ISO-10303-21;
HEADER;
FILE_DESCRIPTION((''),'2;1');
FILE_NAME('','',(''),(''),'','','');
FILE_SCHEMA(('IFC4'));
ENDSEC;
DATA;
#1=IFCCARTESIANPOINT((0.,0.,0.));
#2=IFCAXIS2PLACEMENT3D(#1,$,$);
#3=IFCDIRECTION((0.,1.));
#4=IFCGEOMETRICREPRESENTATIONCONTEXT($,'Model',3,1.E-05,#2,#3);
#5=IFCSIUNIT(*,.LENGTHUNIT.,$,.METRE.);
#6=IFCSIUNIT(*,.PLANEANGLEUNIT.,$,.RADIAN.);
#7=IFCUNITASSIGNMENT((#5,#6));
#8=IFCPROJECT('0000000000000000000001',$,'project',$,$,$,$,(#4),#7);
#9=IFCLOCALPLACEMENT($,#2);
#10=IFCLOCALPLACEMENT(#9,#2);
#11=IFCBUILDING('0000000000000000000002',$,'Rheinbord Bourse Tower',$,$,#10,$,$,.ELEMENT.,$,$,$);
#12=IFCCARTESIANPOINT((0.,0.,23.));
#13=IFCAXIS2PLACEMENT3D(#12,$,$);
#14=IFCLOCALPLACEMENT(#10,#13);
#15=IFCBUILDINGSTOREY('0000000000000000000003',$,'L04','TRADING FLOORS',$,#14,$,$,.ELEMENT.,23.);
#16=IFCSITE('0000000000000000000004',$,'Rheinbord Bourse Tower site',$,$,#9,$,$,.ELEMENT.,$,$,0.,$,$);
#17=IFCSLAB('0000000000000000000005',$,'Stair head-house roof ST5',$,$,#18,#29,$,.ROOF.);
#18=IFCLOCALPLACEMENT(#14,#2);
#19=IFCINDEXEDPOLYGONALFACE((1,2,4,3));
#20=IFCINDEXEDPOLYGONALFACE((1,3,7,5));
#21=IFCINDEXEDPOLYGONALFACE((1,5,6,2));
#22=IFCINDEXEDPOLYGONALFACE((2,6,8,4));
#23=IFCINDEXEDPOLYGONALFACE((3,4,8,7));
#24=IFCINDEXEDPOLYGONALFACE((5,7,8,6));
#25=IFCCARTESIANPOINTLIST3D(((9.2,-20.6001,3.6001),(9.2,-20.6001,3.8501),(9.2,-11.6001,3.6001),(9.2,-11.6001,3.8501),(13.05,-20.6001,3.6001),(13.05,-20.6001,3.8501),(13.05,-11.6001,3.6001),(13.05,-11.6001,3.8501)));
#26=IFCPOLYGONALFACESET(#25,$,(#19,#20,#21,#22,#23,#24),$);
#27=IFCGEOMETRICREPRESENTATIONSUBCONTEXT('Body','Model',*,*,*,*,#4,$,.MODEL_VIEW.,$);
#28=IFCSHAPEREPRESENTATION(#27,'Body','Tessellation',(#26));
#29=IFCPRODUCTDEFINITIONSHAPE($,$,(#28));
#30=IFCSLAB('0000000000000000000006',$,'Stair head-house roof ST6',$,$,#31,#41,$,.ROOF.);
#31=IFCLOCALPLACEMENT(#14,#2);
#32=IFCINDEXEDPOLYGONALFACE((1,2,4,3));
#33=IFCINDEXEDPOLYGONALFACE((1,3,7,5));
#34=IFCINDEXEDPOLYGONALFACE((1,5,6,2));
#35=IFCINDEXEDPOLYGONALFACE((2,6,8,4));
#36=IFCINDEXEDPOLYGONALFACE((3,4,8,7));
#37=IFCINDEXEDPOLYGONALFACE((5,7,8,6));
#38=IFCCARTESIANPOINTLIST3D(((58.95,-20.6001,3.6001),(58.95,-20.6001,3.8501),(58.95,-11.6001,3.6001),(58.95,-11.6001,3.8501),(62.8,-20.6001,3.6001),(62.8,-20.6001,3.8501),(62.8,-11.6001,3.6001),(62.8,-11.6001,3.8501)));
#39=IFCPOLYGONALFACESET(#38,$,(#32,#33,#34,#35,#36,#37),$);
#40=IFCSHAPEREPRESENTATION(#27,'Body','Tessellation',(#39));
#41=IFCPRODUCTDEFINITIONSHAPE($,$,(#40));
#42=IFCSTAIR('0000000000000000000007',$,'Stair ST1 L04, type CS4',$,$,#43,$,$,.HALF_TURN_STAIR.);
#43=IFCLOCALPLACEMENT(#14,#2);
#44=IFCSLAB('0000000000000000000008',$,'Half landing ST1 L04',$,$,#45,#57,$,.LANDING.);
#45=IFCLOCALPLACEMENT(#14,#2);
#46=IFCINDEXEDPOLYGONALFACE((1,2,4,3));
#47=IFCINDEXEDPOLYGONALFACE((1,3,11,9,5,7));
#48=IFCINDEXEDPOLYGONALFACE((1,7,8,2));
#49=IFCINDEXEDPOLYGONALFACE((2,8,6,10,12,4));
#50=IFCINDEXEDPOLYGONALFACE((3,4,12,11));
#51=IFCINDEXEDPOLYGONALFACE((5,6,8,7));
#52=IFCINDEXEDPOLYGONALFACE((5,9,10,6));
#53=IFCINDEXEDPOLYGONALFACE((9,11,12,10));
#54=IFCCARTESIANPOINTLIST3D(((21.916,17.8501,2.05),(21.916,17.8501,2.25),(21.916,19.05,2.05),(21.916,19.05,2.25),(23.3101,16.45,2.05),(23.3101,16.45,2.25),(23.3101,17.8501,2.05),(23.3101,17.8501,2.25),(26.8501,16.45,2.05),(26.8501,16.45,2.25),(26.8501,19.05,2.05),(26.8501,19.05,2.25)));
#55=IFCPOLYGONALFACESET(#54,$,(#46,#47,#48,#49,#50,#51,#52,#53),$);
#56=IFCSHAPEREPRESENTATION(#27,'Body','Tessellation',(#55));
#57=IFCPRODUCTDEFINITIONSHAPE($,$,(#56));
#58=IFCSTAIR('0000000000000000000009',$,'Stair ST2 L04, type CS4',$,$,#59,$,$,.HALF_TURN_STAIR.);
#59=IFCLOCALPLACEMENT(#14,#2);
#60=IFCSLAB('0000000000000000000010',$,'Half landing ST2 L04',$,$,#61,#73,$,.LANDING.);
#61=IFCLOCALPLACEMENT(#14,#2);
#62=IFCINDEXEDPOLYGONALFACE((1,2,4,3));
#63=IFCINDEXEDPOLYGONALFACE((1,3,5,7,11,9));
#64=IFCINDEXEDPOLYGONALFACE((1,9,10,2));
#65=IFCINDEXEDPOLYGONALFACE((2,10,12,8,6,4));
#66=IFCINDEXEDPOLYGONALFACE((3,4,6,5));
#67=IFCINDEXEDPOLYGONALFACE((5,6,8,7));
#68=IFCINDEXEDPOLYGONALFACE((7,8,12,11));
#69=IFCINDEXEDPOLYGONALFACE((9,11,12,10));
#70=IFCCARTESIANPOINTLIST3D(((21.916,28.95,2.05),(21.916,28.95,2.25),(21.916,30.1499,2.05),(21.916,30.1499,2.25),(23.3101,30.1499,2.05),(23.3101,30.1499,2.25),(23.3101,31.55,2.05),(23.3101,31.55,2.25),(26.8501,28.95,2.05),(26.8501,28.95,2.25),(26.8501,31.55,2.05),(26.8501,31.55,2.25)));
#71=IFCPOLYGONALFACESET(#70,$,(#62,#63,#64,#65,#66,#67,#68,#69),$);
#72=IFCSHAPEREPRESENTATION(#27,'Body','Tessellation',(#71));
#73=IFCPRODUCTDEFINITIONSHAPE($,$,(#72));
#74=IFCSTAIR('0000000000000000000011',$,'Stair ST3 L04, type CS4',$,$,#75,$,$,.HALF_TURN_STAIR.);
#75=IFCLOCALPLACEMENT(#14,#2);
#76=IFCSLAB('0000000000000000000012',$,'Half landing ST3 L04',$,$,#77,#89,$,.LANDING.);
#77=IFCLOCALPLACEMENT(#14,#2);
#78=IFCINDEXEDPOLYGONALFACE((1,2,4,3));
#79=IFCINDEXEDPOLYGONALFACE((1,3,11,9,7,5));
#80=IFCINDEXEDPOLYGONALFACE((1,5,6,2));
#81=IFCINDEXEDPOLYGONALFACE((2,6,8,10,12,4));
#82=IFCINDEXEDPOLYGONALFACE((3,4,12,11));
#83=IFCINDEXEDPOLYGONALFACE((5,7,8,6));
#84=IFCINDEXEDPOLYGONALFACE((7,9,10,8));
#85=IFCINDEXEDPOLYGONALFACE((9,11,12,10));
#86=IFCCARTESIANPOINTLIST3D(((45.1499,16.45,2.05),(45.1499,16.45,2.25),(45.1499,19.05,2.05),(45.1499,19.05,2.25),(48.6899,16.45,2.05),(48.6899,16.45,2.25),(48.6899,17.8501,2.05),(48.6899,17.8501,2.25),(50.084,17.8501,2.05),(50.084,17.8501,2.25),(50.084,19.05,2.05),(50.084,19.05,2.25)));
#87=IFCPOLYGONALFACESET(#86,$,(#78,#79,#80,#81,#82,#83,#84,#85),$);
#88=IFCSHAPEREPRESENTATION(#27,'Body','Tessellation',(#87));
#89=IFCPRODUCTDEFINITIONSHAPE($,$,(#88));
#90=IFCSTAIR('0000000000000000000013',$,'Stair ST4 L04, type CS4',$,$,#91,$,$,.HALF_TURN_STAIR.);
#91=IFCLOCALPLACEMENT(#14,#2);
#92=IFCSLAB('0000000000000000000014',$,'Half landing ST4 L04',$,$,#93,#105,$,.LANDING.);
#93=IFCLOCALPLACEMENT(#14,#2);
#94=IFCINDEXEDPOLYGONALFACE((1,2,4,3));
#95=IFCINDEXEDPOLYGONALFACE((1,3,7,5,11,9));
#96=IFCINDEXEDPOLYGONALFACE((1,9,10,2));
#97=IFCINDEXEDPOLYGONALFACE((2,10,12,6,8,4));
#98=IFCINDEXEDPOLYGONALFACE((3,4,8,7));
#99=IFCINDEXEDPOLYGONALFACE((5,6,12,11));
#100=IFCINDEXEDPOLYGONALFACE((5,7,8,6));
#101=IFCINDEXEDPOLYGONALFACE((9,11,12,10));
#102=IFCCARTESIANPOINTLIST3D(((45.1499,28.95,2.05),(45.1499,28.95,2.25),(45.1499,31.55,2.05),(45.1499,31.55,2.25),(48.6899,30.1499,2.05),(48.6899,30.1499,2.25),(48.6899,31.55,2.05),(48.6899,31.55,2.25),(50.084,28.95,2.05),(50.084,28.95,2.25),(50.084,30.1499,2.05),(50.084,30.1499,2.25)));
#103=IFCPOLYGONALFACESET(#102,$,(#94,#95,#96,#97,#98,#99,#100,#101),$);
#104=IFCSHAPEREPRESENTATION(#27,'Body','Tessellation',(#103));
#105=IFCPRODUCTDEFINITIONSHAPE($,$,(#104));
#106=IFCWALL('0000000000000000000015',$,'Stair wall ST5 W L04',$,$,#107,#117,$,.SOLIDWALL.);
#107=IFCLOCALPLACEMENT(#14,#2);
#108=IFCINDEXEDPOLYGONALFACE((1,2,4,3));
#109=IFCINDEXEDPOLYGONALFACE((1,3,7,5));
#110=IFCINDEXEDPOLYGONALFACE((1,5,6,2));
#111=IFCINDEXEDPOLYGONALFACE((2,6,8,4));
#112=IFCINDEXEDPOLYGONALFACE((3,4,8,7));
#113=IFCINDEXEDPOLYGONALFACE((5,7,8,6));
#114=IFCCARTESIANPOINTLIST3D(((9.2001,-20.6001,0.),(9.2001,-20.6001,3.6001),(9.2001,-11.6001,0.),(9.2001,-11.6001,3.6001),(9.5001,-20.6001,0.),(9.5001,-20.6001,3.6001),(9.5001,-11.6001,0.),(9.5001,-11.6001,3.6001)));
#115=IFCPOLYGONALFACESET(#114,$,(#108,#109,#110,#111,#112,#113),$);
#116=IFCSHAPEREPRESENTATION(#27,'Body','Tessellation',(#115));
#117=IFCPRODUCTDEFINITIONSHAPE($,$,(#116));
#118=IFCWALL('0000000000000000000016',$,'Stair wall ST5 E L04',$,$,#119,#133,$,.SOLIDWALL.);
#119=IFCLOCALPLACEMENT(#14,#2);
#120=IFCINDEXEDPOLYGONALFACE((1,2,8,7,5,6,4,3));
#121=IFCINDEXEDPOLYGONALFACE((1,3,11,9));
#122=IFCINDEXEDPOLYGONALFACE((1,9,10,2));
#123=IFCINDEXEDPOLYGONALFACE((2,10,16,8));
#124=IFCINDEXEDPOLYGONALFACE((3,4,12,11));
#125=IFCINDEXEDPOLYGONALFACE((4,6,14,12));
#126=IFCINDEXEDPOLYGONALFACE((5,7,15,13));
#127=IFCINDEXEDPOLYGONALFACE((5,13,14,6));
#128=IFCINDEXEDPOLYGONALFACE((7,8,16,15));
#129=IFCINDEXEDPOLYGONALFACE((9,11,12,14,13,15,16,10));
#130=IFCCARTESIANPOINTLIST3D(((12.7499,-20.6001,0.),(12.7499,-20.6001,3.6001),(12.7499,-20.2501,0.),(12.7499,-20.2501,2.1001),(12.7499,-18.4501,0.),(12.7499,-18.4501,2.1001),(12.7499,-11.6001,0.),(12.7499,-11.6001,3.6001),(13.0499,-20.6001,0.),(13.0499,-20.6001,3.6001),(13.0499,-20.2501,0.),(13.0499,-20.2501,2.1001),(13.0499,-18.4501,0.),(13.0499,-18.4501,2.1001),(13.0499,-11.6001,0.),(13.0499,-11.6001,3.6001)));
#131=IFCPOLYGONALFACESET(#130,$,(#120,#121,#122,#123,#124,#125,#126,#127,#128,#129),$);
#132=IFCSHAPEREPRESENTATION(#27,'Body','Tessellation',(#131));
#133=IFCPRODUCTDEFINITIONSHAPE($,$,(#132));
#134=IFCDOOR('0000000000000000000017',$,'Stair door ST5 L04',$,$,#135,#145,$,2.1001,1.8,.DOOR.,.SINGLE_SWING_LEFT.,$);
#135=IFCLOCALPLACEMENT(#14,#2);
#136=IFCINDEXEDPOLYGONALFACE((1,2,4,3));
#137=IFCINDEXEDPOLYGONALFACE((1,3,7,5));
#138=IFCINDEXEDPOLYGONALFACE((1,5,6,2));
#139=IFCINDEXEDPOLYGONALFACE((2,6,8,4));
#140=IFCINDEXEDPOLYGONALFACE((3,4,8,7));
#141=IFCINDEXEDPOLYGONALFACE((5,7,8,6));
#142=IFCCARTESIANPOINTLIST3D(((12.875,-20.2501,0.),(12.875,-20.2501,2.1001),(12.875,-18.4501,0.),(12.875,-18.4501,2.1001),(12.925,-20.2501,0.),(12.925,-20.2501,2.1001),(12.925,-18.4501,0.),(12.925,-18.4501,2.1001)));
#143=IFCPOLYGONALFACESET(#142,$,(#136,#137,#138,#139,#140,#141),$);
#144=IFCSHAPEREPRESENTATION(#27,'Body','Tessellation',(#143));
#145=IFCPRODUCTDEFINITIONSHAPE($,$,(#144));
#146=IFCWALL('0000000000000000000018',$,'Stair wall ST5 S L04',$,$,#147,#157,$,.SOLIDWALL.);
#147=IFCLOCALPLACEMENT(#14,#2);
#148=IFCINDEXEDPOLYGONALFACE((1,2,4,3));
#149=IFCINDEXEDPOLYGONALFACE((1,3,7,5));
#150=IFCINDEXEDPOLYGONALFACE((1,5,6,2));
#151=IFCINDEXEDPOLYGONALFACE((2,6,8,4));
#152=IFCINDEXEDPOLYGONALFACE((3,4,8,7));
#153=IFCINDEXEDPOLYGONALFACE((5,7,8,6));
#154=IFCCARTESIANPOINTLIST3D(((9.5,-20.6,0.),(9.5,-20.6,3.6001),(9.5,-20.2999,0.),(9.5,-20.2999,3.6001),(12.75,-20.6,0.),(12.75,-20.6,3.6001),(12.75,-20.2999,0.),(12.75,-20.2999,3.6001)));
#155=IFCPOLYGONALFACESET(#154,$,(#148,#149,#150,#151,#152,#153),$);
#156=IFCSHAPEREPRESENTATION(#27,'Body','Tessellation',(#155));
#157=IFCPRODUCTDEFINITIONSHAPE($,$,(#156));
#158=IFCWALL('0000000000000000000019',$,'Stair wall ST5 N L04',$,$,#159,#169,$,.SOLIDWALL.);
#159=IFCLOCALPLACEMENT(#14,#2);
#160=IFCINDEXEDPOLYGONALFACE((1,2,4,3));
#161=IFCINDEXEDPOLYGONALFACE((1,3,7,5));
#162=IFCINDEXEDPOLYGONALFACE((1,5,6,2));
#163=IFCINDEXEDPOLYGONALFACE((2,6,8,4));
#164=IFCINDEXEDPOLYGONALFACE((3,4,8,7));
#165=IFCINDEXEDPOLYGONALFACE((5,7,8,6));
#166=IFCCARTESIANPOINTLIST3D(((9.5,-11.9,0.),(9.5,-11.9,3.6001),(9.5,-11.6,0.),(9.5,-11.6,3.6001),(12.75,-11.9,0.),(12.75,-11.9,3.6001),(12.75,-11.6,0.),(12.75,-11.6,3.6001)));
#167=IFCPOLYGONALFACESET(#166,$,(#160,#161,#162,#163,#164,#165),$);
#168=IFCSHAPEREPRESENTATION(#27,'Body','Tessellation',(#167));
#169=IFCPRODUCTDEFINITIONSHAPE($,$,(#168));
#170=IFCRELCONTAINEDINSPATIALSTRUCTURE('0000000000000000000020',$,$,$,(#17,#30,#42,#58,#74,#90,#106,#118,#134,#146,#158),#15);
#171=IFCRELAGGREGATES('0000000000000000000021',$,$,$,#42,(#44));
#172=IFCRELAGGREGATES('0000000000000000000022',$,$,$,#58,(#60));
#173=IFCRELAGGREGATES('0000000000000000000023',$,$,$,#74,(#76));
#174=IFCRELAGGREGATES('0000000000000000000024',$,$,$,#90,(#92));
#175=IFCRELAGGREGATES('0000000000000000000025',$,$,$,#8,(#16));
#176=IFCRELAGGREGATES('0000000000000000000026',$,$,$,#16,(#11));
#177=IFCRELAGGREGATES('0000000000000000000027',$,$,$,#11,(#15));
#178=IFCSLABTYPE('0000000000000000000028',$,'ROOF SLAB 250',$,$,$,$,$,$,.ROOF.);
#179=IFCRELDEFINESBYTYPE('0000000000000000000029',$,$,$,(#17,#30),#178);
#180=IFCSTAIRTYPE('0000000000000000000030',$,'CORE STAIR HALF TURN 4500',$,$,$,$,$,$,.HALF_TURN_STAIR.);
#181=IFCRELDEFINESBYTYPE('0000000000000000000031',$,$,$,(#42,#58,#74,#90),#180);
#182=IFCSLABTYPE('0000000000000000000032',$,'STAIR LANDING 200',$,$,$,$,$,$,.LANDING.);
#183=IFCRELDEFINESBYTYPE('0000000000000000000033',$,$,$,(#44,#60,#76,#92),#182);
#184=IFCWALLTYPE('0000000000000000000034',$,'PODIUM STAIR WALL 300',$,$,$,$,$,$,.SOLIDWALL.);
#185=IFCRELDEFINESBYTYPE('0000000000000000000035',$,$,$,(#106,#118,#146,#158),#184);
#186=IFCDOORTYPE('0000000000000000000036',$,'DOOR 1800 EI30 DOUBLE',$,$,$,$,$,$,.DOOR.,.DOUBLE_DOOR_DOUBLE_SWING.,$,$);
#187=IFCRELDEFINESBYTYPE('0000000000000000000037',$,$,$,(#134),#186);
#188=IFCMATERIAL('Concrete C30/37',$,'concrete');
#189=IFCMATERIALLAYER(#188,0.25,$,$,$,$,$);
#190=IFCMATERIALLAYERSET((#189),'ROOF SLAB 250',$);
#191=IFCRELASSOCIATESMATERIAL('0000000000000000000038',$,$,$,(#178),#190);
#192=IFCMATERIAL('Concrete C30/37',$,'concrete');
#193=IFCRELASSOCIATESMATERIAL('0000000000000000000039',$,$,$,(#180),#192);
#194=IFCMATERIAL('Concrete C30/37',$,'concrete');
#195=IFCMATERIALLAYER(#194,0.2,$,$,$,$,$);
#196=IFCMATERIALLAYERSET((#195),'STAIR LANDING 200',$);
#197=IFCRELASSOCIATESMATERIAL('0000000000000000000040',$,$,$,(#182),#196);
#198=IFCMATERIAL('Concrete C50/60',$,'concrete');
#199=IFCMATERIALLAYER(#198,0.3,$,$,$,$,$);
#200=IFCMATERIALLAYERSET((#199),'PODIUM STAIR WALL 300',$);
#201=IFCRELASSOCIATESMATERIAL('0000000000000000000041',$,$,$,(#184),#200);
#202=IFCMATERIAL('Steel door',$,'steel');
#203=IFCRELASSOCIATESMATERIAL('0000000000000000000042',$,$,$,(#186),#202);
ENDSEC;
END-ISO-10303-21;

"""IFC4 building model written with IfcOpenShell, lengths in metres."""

from ifc_helpers import new_model, si_unit, direction, frame, frame_2d, origin, place, context, subcontext, project, spatial, polyline, rectangle, outline, extrude, material, layer, layer_set, type_object, element, fill, aggregate, save


model = new_model("IFC4")

# Units and contexts
model_context = context("Model", 3, precision=1e-05, world=origin(), true_north=direction((0.0, 1.0)))
body_context = subcontext(model_context, "Body", "Model", "MODEL_VIEW")
ifc_project = project(units=[si_unit("LENGTHUNIT", "METRE"), si_unit("PLANEANGLEUNIT", "RADIAN")], contexts=[model_context])

# Site, building, storey
site_placement = place(None, origin())
site = spatial("IfcSite", under=ifc_project, at=site_placement, Name="Rheinbord Bourse Tower site", CompositionType="ELEMENT", RefElevation=0.0)
building_placement = place(site_placement, origin())
building = spatial("IfcBuilding", under=site, at=building_placement, Name="Rheinbord Bourse Tower", CompositionType="ELEMENT")
storey_placement = place(building_placement, frame((0.0, 0.0, 23.0)))
storey = spatial("IfcBuildingStorey", under=building, at=storey_placement, Name="L04", Description="TRADING FLOORS", CompositionType="ELEMENT", Elevation=23.0)

# Slabs
ifc_material_1 = material(Name="Concrete C30/37", Category="concrete")
ifc_layer_1 = layer(ifc_material_1, 0.25)
ifc_layer_set_1 = layer_set([ifc_layer_1], Name="ROOF SLAB 250")
slab_type_1 = type_object("IfcSlabType", Name="ROOF SLAB 250", PredefinedType="ROOF", material=ifc_layer_set_1)
slab_1_placement = place(storey_placement, frame((0.0, 0.0, 3.6001)))
element("IfcSlab", 1, at=slab_1_placement, inside=storey, type_object=slab_type_1, Name="Stair head-house roof ST5", PredefinedType="ROOF", context=body_context, shape_type="SweptSolid", body=[
    extrude(outline(polyline([(9.2, -20.6001), (13.05, -20.6001), (13.05, -11.6001), (9.2, -11.6001), (9.2, -20.6001)])), origin(), (0.0, 0.0, 1.0), 0.25),
])
slab_2_placement = place(storey_placement, frame((0.0, 0.0, 3.6001)))
element("IfcSlab", 2, at=slab_2_placement, inside=storey, type_object=slab_type_1, Name="Stair head-house roof ST6", PredefinedType="ROOF", context=body_context, shape_type="SweptSolid", body=[
    extrude(outline(polyline([(58.95, -20.6001), (62.8, -20.6001), (62.8, -11.6001), (58.95, -11.6001), (58.95, -20.6001)])), origin(), (0.0, 0.0, 1.0), 0.25),
])

# Stairs, slabs
ifc_material_2 = material(Name="Concrete C30/37", Category="concrete")
stair_type = type_object("IfcStairType", Name="CORE STAIR HALF TURN 4500", PredefinedType="HALF_TURN_STAIR", material=ifc_material_2)
stair_1_placement = place(storey_placement, origin())
stair_1 = element("IfcStair", 3, at=stair_1_placement, inside=storey, type_object=stair_type, Name="Stair ST1 L04, type CS4", PredefinedType="HALF_TURN_STAIR")
ifc_material_3 = material(Name="Concrete C30/37", Category="concrete")
ifc_layer_2 = layer(ifc_material_3, 0.2)
ifc_layer_set_2 = layer_set([ifc_layer_2], Name="STAIR LANDING 200")
slab_type_2 = type_object("IfcSlabType", Name="STAIR LANDING 200", PredefinedType="LANDING", material=ifc_layer_set_2)
slab_3_placement = place(storey_placement, frame((0.0, 0.0, 2.05)))
slab_3 = element("IfcSlab", 4, at=slab_3_placement, type_object=slab_type_2, Name="Half landing ST1 L04", PredefinedType="LANDING", context=body_context, shape_type="SweptSolid", body=[
    extrude(outline(polyline([(23.3101, 16.45), (26.8501, 16.45), (26.8501, 19.05), (21.916, 19.05), (21.916, 17.8501), (23.3101, 17.8501), (23.3101, 16.45)])), origin(), (0.0, 0.0, 1.0), 0.2),
])
aggregate(stair_1, [slab_3])
stair_2_placement = place(storey_placement, origin())
stair_2 = element("IfcStair", 5, at=stair_2_placement, inside=storey, type_object=stair_type, Name="Stair ST2 L04, type CS4", PredefinedType="HALF_TURN_STAIR")
slab_4_placement = place(storey_placement, frame((0.0, 0.0, 2.05)))
slab_4 = element("IfcSlab", 6, at=slab_4_placement, type_object=slab_type_2, Name="Half landing ST2 L04", PredefinedType="LANDING", context=body_context, shape_type="SweptSolid", body=[
    extrude(outline(polyline([(21.916, 28.95), (26.8501, 28.95), (26.8501, 31.55), (23.3101, 31.55), (23.3101, 30.1499), (21.916, 30.1499), (21.916, 28.95)])), origin(), (0.0, 0.0, 1.0), 0.2),
])
aggregate(stair_2, [slab_4])
stair_3_placement = place(storey_placement, origin())
stair_3 = element("IfcStair", 7, at=stair_3_placement, inside=storey, type_object=stair_type, Name="Stair ST3 L04, type CS4", PredefinedType="HALF_TURN_STAIR")
slab_5_placement = place(storey_placement, frame((0.0, 0.0, 2.05)))
slab_5 = element("IfcSlab", 8, at=slab_5_placement, type_object=slab_type_2, Name="Half landing ST3 L04", PredefinedType="LANDING", context=body_context, shape_type="SweptSolid", body=[
    extrude(outline(polyline([(45.1499, 16.45), (48.6899, 16.45), (48.6899, 17.8501), (50.084, 17.8501), (50.084, 19.05), (45.1499, 19.05), (45.1499, 16.45)])), origin(), (0.0, 0.0, 1.0), 0.2),
])
aggregate(stair_3, [slab_5])
stair_4_placement = place(storey_placement, origin())
stair_4 = element("IfcStair", 9, at=stair_4_placement, inside=storey, type_object=stair_type, Name="Stair ST4 L04, type CS4", PredefinedType="HALF_TURN_STAIR")
slab_6_placement = place(storey_placement, frame((0.0, 0.0, 2.05)))
slab_6 = element("IfcSlab", 10, at=slab_6_placement, type_object=slab_type_2, Name="Half landing ST4 L04", PredefinedType="LANDING", context=body_context, shape_type="SweptSolid", body=[
    extrude(outline(polyline([(45.1499, 28.95), (50.084, 28.95), (50.084, 30.1499), (48.6899, 30.1499), (48.6899, 31.55), (45.1499, 31.55), (45.1499, 28.95)])), origin(), (0.0, 0.0, 1.0), 0.2),
])
aggregate(stair_4, [slab_6])

# Wall
ifc_material_4 = material(Name="Concrete C50/60", Category="concrete")
ifc_layer_3 = layer(ifc_material_4, 0.3)
ifc_layer_set_3 = layer_set([ifc_layer_3], Name="PODIUM STAIR WALL 300")
wall_type = type_object("IfcWallType", Name="PODIUM STAIR WALL 300", PredefinedType="SOLIDWALL", material=ifc_layer_set_3)
wall_1_placement = place(storey_placement, frame((9.3501, -20.6001, 0.0), z_axis=(0.0, 0.0, 1.0), x_axis=(0.0, 1.0, 0.0)))
element("IfcWall", 11, at=wall_1_placement, inside=storey, type_object=wall_type, Name="Stair wall ST5 W L04", PredefinedType="SOLIDWALL", context=body_context, shape_type="SweptSolid", body=[
    extrude(rectangle(XDim=9.0, YDim=0.3, at=frame_2d((4.5, 0.0))), origin(), (0.0, 0.0, 1.0), 3.6001),
])

# Wall, opening, door
wall_2_placement = place(storey_placement, frame((12.8999, -20.6001, 0.0), z_axis=(0.0, 0.0, 1.0), x_axis=(0.0, 1.0, 0.0)))
wall_2 = element("IfcWall", 12, at=wall_2_placement, inside=storey, type_object=wall_type, Name="Stair wall ST5 E L04", PredefinedType="SOLIDWALL", context=body_context, shape_type="SweptSolid", body=[
    extrude(rectangle(XDim=9.0, YDim=0.3, at=frame_2d((4.5, 0.0))), origin(), (0.0, 0.0, 1.0), 3.6001),
])
opening_placement = place(wall_2_placement, frame((0.3501, 0.0, 0.0)))
opening = element("IfcOpeningElement", 13, at=opening_placement, cuts=wall_2, PredefinedType="OPENING", context=body_context, shape_type="SweptSolid", body=[
    extrude(rectangle(XDim=1.8, YDim=2.1001, at=frame_2d((0.8999, 1.05))), frame((0.0, 0.1599, 0.0), z_axis=(0.0, -1.0, 0.0), x_axis=(1.0, 0.0, 0.0)), (0.0, 0.0, 1.0), 0.3201),
])
ifc_material_5 = material(Name="Steel door", Category="steel")
door_type = type_object("IfcDoorType", Name="DOOR 1800 EI30 DOUBLE", OperationType="DOUBLE_DOOR_DOUBLE_SWING", PredefinedType="DOOR", material=ifc_material_5)
door_placement = place(opening_placement, origin())
door = element("IfcDoor", 14, at=door_placement, inside=storey, type_object=door_type, Name="Stair door ST5 L04", OperationType="SINGLE_SWING_LEFT", OverallHeight=2.1001, OverallWidth=1.8, PredefinedType="DOOR", context=body_context, shape_type="SweptSolid", body=[
    extrude(rectangle(XDim=1.8, YDim=2.1001, at=frame_2d((0.8999, 1.05))), frame((0.0, 0.0249, 0.0), z_axis=(0.0, -1.0, 0.0), x_axis=(1.0, 0.0, 0.0)), (0.0, 0.0, 1.0), 0.05),
])
fill(opening, door)

# Walls
for number, where, z_axis, x_axis, name in (
    (15, (9.5, -20.45, 0.0), (0.0, 0.0, 1.0), (1.0, 0.0, 0.0), "Stair wall ST5 S L04"),
    (16, (9.5, -11.75, 0.0), (0.0, 0.0, 1.0), (1.0, 0.0, 0.0), "Stair wall ST5 N L04"),
):
    element("IfcWall", number, at=place(storey_placement, frame(where, z_axis=z_axis, x_axis=x_axis)), inside=storey, type_object=wall_type, Name=name, PredefinedType="SOLIDWALL", context=body_context, shape_type="SweptSolid", body=[
        extrude(rectangle(XDim=3.25, YDim=0.3, at=frame_2d((1.625, 0.0))), origin(), (0.0, 0.0, 1.0), 3.6001),
    ])

save(model, "model.ifc")
